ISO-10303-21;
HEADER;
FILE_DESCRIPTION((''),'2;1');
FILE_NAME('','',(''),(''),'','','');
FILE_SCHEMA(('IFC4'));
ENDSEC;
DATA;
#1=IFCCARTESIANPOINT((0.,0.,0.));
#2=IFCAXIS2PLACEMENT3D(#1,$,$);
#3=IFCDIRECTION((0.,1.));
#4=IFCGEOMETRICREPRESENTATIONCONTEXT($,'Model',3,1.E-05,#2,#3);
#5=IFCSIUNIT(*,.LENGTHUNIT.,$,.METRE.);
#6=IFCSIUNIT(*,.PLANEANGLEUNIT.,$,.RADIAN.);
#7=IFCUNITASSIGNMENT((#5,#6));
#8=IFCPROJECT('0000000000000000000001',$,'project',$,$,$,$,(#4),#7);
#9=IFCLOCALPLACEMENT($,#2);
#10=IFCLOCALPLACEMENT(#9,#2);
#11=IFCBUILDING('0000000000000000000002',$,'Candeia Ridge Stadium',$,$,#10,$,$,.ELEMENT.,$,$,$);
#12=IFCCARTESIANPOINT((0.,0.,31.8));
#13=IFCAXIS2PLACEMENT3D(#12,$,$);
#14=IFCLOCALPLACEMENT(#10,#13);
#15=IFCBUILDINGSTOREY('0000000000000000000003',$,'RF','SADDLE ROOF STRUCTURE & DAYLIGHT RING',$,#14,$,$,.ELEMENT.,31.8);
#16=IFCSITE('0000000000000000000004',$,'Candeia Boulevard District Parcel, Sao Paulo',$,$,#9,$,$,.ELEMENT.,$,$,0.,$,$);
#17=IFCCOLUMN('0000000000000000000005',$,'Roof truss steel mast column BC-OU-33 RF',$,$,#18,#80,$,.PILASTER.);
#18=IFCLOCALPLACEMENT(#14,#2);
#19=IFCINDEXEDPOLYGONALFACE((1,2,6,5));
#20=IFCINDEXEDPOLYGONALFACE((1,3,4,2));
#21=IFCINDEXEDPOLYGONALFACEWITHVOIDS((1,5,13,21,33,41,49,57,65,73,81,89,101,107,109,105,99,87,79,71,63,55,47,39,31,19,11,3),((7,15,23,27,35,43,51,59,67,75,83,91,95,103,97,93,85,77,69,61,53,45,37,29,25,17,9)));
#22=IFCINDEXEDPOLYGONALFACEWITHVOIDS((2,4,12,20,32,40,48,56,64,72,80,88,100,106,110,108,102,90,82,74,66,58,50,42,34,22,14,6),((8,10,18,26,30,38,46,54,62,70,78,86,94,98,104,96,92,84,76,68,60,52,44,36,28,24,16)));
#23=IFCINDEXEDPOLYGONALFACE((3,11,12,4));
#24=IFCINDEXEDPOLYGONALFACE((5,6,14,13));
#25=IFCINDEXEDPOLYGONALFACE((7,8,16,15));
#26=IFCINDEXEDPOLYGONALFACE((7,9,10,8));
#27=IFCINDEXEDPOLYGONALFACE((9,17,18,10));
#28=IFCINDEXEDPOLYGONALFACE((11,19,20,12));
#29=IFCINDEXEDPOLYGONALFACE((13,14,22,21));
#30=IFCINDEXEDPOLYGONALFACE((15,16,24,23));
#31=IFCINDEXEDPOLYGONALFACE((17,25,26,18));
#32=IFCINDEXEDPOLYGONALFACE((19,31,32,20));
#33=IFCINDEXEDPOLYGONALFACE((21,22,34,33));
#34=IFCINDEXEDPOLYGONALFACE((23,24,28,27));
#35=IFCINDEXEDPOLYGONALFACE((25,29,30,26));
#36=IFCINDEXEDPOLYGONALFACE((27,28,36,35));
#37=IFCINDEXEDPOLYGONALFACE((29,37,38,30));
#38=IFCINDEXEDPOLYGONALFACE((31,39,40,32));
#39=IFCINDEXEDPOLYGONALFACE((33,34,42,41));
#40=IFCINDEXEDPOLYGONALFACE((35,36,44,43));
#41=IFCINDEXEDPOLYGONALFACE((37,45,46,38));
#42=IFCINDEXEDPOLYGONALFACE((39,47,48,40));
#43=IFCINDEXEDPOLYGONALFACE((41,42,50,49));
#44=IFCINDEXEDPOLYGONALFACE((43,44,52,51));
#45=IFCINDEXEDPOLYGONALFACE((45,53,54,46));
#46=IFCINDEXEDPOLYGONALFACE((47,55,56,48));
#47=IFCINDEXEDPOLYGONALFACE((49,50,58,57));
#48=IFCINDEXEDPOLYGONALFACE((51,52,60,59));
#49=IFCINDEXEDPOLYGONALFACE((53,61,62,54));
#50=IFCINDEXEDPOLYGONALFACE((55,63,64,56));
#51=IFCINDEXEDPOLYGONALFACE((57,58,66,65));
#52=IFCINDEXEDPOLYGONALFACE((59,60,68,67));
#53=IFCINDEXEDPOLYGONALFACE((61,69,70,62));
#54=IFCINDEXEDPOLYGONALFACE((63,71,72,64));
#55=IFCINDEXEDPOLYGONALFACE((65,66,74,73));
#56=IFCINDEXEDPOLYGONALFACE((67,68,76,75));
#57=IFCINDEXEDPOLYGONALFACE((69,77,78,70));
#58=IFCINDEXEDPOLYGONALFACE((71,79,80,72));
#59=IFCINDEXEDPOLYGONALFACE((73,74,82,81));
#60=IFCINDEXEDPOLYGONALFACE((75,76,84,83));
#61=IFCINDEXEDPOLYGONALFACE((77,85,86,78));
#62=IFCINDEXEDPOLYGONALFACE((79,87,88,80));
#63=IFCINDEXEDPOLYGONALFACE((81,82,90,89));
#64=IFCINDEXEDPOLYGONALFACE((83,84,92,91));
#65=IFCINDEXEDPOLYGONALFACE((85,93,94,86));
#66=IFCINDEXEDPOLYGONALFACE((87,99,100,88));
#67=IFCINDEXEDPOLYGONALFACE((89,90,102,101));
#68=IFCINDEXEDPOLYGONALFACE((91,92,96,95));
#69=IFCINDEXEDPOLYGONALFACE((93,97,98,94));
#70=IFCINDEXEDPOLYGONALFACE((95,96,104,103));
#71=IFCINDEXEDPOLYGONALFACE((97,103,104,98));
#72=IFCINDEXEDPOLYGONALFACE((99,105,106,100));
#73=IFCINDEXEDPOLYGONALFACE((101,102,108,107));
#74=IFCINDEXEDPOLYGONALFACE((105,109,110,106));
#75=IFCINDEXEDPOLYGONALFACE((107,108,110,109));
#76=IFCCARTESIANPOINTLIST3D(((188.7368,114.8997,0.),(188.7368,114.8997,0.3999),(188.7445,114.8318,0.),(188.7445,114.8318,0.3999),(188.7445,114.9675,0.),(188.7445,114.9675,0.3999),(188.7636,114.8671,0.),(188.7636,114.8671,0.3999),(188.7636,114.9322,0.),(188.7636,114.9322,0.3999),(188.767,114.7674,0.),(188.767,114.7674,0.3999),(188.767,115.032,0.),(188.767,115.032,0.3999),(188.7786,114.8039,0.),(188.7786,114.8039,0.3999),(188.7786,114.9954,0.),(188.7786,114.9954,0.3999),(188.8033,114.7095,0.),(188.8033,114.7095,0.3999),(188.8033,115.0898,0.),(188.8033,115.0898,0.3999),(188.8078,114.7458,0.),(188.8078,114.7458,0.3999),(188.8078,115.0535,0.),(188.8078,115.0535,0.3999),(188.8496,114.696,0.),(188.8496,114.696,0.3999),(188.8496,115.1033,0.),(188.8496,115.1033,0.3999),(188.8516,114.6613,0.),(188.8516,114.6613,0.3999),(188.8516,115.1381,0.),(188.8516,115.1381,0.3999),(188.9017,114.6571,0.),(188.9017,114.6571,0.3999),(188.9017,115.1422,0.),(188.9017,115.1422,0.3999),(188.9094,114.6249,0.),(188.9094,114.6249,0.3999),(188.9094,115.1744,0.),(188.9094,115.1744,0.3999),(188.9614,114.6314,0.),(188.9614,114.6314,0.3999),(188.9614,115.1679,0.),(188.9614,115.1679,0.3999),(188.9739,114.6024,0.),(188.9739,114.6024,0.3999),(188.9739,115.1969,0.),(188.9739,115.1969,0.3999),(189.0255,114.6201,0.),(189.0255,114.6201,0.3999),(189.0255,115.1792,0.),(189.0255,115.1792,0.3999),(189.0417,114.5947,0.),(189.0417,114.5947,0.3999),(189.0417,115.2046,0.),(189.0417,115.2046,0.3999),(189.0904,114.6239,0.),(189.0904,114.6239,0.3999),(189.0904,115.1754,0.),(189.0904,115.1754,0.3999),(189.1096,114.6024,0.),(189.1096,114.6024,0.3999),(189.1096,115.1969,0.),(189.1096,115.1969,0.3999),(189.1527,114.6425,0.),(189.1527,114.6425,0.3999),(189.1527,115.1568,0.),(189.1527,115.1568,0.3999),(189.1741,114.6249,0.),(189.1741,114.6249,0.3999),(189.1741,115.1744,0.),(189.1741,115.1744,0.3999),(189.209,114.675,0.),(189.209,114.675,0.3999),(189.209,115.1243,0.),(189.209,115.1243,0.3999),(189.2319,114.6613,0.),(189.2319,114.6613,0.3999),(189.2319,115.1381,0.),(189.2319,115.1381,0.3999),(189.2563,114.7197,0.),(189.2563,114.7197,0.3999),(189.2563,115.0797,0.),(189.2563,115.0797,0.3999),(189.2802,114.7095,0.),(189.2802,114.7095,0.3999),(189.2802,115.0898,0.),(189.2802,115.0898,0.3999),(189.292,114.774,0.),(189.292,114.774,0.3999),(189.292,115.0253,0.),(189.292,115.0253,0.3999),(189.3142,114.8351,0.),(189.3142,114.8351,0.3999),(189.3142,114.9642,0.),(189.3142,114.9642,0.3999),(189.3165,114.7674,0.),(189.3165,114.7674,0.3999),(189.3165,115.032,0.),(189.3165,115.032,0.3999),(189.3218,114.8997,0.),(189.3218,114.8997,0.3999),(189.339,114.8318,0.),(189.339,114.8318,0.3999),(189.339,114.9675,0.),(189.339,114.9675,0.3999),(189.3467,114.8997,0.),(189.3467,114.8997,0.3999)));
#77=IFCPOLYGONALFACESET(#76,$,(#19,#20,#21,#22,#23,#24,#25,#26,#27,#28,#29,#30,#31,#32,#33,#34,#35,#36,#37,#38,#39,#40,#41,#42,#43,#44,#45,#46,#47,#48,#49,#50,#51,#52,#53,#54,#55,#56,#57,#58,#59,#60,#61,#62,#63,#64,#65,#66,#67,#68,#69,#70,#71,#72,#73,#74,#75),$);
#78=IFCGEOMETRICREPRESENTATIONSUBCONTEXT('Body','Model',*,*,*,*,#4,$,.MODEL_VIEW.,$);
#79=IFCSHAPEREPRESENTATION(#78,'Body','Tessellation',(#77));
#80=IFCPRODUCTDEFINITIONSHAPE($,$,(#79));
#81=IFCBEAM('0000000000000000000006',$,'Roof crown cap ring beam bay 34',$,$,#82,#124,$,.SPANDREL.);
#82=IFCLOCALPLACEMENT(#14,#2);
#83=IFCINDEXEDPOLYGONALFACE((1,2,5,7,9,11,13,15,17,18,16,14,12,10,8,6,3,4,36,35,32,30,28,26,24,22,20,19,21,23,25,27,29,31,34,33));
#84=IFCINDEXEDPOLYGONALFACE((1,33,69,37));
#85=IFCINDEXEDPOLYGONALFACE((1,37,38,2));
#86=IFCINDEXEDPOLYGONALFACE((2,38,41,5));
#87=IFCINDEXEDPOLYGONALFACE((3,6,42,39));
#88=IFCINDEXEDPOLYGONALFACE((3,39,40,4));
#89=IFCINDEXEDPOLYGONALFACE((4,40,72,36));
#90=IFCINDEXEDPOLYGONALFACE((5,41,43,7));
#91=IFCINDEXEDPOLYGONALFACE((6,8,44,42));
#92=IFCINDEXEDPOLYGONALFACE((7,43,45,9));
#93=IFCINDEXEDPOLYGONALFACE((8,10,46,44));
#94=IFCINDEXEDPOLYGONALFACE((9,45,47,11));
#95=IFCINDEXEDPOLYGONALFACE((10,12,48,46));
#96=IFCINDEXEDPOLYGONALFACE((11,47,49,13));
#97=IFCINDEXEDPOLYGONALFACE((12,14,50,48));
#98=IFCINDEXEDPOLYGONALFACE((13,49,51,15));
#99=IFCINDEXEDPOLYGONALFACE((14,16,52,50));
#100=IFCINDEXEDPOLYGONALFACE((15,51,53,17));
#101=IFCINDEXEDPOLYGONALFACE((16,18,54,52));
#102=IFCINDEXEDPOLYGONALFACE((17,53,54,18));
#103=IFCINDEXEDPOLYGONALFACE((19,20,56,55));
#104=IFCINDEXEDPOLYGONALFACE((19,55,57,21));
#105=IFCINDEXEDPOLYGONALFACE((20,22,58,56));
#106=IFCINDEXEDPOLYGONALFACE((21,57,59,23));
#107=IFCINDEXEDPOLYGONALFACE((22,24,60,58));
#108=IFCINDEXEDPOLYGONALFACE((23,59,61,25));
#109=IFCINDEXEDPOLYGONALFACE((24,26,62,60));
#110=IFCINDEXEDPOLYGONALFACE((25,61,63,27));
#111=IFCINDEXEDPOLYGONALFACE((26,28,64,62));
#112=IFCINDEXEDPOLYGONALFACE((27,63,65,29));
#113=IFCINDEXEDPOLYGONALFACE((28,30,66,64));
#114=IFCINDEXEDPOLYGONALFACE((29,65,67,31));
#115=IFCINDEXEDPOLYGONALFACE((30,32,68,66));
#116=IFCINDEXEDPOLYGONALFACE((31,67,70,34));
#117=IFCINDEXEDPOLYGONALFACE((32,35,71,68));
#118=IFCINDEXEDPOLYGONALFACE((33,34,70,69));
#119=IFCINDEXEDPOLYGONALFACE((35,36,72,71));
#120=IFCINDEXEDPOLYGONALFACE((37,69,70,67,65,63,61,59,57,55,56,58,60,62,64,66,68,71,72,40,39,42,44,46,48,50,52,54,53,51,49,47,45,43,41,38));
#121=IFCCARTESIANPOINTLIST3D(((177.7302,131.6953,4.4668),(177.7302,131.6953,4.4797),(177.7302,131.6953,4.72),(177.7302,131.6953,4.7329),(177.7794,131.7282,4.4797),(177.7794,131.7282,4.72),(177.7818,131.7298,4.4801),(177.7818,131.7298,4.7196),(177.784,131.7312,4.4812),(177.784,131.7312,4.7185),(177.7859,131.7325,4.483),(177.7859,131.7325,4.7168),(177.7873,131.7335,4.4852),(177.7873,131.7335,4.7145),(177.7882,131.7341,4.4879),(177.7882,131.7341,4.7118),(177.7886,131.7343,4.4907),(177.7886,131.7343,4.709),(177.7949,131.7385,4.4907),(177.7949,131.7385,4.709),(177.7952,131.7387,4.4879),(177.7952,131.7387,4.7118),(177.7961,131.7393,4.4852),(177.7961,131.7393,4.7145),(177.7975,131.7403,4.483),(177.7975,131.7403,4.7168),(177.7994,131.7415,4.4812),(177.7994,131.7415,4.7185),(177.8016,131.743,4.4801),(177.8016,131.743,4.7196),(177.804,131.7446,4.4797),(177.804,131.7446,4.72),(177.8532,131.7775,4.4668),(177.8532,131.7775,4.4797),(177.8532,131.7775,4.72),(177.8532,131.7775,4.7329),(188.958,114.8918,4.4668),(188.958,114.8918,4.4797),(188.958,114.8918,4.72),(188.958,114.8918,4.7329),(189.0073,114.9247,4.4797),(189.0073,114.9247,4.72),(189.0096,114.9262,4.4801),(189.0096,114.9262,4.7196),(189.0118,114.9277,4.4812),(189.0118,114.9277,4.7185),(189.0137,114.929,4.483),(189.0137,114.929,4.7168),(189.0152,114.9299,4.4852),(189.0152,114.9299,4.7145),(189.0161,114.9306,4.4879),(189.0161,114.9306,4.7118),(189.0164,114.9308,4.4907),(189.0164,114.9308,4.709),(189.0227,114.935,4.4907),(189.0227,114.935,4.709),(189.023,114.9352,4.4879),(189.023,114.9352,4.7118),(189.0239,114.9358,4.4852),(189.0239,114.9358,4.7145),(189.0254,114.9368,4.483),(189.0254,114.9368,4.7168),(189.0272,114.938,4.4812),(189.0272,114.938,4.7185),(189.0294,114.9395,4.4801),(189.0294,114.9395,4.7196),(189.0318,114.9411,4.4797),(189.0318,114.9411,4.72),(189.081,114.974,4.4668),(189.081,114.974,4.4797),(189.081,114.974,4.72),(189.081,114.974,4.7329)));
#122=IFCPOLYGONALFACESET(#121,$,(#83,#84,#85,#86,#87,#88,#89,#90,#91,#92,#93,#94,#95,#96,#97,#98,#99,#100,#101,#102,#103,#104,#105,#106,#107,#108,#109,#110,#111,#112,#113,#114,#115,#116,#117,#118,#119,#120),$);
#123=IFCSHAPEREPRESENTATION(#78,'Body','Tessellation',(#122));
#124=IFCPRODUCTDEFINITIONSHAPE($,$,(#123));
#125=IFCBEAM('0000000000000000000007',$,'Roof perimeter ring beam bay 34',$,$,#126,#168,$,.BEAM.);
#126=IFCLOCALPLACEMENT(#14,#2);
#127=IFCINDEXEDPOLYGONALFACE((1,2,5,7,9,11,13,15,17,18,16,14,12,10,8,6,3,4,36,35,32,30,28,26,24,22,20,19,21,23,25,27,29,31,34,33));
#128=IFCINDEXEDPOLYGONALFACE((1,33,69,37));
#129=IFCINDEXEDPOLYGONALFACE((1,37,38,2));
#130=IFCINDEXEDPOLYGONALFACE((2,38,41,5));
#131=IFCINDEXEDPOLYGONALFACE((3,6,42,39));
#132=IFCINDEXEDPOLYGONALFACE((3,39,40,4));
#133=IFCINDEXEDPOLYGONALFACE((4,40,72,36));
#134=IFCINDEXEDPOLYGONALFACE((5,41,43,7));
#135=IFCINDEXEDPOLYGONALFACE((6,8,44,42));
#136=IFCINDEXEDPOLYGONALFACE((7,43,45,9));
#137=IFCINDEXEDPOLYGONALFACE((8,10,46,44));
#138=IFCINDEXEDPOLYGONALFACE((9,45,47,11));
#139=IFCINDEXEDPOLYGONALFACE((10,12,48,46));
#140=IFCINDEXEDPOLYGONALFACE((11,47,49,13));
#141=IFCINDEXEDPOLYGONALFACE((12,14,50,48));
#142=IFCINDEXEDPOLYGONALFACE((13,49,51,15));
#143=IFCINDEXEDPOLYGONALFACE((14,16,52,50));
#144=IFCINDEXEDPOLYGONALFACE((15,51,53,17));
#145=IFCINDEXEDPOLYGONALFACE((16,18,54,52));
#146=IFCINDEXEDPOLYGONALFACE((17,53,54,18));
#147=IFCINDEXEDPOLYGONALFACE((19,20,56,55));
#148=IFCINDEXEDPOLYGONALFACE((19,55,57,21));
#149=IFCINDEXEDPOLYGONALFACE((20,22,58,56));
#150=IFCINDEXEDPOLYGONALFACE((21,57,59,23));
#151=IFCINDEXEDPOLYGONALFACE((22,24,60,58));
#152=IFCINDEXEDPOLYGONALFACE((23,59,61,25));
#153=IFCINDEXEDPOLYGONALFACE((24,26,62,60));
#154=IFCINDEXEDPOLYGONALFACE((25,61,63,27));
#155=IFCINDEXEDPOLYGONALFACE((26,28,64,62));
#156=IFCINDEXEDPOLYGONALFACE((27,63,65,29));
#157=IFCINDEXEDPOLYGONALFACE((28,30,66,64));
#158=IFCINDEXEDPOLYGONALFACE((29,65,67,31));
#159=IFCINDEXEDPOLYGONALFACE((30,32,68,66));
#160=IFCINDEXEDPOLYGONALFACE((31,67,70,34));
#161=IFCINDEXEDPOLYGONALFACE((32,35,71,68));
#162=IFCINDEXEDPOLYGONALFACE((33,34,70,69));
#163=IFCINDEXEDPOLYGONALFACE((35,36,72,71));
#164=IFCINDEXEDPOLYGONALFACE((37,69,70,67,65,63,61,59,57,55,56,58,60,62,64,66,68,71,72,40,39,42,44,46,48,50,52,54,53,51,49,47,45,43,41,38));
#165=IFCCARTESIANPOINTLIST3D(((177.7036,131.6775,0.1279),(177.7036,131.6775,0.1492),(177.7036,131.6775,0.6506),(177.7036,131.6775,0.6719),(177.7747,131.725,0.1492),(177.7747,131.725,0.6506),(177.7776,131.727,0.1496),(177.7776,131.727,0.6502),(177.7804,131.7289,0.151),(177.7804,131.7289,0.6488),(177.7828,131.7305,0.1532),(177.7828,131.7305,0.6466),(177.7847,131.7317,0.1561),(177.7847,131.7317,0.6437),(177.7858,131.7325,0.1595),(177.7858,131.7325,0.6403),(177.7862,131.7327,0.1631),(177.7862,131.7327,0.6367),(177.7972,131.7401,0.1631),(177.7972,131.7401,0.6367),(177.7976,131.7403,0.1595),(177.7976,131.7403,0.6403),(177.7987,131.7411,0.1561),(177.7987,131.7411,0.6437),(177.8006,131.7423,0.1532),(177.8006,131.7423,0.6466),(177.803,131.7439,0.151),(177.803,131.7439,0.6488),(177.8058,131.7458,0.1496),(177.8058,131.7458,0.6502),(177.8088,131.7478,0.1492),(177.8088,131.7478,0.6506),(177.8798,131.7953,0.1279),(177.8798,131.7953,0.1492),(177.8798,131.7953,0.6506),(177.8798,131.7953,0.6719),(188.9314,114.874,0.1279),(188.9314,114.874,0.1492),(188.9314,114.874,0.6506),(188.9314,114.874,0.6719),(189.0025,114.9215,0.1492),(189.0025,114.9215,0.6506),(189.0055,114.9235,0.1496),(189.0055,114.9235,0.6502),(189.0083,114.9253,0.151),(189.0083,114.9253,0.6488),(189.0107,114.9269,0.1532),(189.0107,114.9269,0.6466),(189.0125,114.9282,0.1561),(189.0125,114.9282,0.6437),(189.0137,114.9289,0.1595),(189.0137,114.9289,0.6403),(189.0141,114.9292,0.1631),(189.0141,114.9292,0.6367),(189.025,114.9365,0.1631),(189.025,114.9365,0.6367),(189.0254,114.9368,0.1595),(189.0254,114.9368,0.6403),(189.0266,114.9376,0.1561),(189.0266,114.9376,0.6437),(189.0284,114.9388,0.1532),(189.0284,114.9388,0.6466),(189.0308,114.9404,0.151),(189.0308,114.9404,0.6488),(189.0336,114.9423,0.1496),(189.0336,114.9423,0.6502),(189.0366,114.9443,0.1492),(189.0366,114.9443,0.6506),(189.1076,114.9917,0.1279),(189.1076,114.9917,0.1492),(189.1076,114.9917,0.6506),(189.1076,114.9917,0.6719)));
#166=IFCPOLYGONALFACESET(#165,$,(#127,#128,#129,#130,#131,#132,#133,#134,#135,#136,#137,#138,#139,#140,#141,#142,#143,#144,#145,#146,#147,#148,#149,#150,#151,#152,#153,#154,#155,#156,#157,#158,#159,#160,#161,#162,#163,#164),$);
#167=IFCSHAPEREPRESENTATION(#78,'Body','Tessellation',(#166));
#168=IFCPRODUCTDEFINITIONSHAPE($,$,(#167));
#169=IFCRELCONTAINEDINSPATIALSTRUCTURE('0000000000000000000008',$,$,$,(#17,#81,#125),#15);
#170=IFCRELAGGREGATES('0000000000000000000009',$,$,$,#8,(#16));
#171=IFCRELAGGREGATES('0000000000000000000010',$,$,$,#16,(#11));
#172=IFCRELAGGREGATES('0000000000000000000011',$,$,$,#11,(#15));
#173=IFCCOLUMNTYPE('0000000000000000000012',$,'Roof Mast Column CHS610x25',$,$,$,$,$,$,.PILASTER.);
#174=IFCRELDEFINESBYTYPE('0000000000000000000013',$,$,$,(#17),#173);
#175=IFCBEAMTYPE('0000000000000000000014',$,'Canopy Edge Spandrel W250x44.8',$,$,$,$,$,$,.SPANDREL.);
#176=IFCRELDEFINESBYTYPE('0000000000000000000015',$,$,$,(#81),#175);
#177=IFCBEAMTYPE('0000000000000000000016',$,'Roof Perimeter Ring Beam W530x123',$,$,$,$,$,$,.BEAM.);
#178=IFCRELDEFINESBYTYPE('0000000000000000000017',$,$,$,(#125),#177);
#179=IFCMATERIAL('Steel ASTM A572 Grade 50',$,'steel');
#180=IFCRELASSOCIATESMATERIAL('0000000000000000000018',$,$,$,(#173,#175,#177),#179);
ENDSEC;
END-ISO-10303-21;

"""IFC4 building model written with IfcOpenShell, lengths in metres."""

from ifc_helpers import new_model, si_unit, direction, frame, origin, origin_2d, place, context, subcontext, project, spatial, hollow_circle, i_section, extrude, material, material_profile, profile_set, type_object, element, save


model = new_model("IFC4")

# Units and contexts
model_context = context("Model", 3, precision=1e-05, world=origin(), true_north=direction((0.0, 1.0)))
body_context = subcontext(model_context, "Body", "Model", "MODEL_VIEW")
ifc_project = project(units=[si_unit("LENGTHUNIT", "METRE"), si_unit("PLANEANGLEUNIT", "RADIAN")], contexts=[model_context])

# Site, building, storey
site_placement = place(None, origin())
site = spatial("IfcSite", under=ifc_project, at=site_placement, Name="Candeia Boulevard District Parcel, Sao Paulo", CompositionType="ELEMENT", RefElevation=0.0)
building_placement = place(site_placement, origin())
building = spatial("IfcBuilding", under=site, at=building_placement, Name="Candeia Ridge Stadium", CompositionType="ELEMENT")
storey_placement = place(building_placement, frame((0.0, 0.0, 31.8)))
storey = spatial("IfcBuildingStorey", under=building, at=storey_placement, Name="RF", Description="SADDLE ROOF STRUCTURE & DAYLIGHT RING", CompositionType="ELEMENT", Elevation=31.8)

# Column
ifc_material = material(Name="Steel ASTM A572 Grade 50", Category="steel")
ifc_material_profile_1 = material_profile(ifc_material, hollow_circle(Radius=0.3049, WallThickness=0.0249, at=origin_2d()), Name="CHS610x25", Category="steel")
ifc_profile_set_1 = profile_set([ifc_material_profile_1], Name="Steel ASTM A572 Grade 50")
column_type = type_object("IfcColumnType", Name="Roof Mast Column CHS610x25", PredefinedType="PILASTER", material=ifc_profile_set_1)
column_placement = place(storey_placement, frame((189.0417, 114.8997, 0.0), z_axis=(0.0, 0.0, 1.0), x_axis=(1.0, 0.0, 0.0)))
element("IfcColumn", 1, at=column_placement, inside=storey, type_object=column_type, Name="Roof truss steel mast column BC-OU-33 RF", PredefinedType="PILASTER", context=body_context, shape_type="SweptSolid", body=[
    extrude(hollow_circle(Radius=0.3049, WallThickness=0.0249, at=origin_2d()), origin(), (0.0, 0.0, 1.0), 0.3999),
])

# Beams
ifc_material_profile_2 = material_profile(ifc_material, i_section(OverallWidth=0.1479, OverallDepth=0.2661, WebThickness=0.0076, FlangeThickness=0.0129, FilletRadius=0.011, at=origin_2d()), Name="W250x44.8", Category="steel")
ifc_profile_set_2 = profile_set([ifc_material_profile_2], Name="Steel ASTM A572 Grade 50")
beam_type_1 = type_object("IfcBeamType", Name="Canopy Edge Spandrel W250x44.8", PredefinedType="SPANDREL", material=ifc_profile_set_2)
beam_1_placement = place(storey_placement, frame((189.0195, 114.9329, 4.5999), z_axis=(-0.555572, 0.831468, 0.0), x_axis=(-0.831468, -0.555572, 0.0)))
element("IfcBeam", 2, at=beam_1_placement, inside=storey, type_object=beam_type_1, Name="Roof crown cap ring beam bay 34", PredefinedType="SPANDREL", context=body_context, shape_type="SweptSolid", body=[
    extrude(i_section(OverallWidth=0.1479, OverallDepth=0.2661, WebThickness=0.0076, FlangeThickness=0.0129, FilletRadius=0.011, at=origin_2d()), origin(), (0.0, 0.0, 1.0), 20.2095),
])
ifc_material_profile_3 = material_profile(ifc_material, i_section(OverallWidth=0.2119, OverallDepth=0.5439, WebThickness=0.0132, FlangeThickness=0.0212, FilletRadius=0.0139, at=origin_2d()), Name="W530x123", Category="steel")
ifc_profile_set_3 = profile_set([ifc_material_profile_3], Name="Steel ASTM A572 Grade 50")
beam_type_2 = type_object("IfcBeamType", Name="Roof Perimeter Ring Beam W530x123", PredefinedType="BEAM", material=ifc_profile_set_3)
beam_2_placement = place(storey_placement, frame((189.0195, 114.9329, 0.3999), z_axis=(-0.555572, 0.831468, 0.0), x_axis=(-0.831468, -0.555572, 0.0)))
element("IfcBeam", 3, at=beam_2_placement, inside=storey, type_object=beam_type_2, Name="Roof perimeter ring beam bay 34", PredefinedType="BEAM", context=body_context, shape_type="SweptSolid", body=[
    extrude(i_section(OverallWidth=0.2119, OverallDepth=0.5439, WebThickness=0.0132, FlangeThickness=0.0212, FilletRadius=0.0139, at=origin_2d()), origin(), (0.0, 0.0, 1.0), 20.2095),
])

save(model, "model.ifc")
